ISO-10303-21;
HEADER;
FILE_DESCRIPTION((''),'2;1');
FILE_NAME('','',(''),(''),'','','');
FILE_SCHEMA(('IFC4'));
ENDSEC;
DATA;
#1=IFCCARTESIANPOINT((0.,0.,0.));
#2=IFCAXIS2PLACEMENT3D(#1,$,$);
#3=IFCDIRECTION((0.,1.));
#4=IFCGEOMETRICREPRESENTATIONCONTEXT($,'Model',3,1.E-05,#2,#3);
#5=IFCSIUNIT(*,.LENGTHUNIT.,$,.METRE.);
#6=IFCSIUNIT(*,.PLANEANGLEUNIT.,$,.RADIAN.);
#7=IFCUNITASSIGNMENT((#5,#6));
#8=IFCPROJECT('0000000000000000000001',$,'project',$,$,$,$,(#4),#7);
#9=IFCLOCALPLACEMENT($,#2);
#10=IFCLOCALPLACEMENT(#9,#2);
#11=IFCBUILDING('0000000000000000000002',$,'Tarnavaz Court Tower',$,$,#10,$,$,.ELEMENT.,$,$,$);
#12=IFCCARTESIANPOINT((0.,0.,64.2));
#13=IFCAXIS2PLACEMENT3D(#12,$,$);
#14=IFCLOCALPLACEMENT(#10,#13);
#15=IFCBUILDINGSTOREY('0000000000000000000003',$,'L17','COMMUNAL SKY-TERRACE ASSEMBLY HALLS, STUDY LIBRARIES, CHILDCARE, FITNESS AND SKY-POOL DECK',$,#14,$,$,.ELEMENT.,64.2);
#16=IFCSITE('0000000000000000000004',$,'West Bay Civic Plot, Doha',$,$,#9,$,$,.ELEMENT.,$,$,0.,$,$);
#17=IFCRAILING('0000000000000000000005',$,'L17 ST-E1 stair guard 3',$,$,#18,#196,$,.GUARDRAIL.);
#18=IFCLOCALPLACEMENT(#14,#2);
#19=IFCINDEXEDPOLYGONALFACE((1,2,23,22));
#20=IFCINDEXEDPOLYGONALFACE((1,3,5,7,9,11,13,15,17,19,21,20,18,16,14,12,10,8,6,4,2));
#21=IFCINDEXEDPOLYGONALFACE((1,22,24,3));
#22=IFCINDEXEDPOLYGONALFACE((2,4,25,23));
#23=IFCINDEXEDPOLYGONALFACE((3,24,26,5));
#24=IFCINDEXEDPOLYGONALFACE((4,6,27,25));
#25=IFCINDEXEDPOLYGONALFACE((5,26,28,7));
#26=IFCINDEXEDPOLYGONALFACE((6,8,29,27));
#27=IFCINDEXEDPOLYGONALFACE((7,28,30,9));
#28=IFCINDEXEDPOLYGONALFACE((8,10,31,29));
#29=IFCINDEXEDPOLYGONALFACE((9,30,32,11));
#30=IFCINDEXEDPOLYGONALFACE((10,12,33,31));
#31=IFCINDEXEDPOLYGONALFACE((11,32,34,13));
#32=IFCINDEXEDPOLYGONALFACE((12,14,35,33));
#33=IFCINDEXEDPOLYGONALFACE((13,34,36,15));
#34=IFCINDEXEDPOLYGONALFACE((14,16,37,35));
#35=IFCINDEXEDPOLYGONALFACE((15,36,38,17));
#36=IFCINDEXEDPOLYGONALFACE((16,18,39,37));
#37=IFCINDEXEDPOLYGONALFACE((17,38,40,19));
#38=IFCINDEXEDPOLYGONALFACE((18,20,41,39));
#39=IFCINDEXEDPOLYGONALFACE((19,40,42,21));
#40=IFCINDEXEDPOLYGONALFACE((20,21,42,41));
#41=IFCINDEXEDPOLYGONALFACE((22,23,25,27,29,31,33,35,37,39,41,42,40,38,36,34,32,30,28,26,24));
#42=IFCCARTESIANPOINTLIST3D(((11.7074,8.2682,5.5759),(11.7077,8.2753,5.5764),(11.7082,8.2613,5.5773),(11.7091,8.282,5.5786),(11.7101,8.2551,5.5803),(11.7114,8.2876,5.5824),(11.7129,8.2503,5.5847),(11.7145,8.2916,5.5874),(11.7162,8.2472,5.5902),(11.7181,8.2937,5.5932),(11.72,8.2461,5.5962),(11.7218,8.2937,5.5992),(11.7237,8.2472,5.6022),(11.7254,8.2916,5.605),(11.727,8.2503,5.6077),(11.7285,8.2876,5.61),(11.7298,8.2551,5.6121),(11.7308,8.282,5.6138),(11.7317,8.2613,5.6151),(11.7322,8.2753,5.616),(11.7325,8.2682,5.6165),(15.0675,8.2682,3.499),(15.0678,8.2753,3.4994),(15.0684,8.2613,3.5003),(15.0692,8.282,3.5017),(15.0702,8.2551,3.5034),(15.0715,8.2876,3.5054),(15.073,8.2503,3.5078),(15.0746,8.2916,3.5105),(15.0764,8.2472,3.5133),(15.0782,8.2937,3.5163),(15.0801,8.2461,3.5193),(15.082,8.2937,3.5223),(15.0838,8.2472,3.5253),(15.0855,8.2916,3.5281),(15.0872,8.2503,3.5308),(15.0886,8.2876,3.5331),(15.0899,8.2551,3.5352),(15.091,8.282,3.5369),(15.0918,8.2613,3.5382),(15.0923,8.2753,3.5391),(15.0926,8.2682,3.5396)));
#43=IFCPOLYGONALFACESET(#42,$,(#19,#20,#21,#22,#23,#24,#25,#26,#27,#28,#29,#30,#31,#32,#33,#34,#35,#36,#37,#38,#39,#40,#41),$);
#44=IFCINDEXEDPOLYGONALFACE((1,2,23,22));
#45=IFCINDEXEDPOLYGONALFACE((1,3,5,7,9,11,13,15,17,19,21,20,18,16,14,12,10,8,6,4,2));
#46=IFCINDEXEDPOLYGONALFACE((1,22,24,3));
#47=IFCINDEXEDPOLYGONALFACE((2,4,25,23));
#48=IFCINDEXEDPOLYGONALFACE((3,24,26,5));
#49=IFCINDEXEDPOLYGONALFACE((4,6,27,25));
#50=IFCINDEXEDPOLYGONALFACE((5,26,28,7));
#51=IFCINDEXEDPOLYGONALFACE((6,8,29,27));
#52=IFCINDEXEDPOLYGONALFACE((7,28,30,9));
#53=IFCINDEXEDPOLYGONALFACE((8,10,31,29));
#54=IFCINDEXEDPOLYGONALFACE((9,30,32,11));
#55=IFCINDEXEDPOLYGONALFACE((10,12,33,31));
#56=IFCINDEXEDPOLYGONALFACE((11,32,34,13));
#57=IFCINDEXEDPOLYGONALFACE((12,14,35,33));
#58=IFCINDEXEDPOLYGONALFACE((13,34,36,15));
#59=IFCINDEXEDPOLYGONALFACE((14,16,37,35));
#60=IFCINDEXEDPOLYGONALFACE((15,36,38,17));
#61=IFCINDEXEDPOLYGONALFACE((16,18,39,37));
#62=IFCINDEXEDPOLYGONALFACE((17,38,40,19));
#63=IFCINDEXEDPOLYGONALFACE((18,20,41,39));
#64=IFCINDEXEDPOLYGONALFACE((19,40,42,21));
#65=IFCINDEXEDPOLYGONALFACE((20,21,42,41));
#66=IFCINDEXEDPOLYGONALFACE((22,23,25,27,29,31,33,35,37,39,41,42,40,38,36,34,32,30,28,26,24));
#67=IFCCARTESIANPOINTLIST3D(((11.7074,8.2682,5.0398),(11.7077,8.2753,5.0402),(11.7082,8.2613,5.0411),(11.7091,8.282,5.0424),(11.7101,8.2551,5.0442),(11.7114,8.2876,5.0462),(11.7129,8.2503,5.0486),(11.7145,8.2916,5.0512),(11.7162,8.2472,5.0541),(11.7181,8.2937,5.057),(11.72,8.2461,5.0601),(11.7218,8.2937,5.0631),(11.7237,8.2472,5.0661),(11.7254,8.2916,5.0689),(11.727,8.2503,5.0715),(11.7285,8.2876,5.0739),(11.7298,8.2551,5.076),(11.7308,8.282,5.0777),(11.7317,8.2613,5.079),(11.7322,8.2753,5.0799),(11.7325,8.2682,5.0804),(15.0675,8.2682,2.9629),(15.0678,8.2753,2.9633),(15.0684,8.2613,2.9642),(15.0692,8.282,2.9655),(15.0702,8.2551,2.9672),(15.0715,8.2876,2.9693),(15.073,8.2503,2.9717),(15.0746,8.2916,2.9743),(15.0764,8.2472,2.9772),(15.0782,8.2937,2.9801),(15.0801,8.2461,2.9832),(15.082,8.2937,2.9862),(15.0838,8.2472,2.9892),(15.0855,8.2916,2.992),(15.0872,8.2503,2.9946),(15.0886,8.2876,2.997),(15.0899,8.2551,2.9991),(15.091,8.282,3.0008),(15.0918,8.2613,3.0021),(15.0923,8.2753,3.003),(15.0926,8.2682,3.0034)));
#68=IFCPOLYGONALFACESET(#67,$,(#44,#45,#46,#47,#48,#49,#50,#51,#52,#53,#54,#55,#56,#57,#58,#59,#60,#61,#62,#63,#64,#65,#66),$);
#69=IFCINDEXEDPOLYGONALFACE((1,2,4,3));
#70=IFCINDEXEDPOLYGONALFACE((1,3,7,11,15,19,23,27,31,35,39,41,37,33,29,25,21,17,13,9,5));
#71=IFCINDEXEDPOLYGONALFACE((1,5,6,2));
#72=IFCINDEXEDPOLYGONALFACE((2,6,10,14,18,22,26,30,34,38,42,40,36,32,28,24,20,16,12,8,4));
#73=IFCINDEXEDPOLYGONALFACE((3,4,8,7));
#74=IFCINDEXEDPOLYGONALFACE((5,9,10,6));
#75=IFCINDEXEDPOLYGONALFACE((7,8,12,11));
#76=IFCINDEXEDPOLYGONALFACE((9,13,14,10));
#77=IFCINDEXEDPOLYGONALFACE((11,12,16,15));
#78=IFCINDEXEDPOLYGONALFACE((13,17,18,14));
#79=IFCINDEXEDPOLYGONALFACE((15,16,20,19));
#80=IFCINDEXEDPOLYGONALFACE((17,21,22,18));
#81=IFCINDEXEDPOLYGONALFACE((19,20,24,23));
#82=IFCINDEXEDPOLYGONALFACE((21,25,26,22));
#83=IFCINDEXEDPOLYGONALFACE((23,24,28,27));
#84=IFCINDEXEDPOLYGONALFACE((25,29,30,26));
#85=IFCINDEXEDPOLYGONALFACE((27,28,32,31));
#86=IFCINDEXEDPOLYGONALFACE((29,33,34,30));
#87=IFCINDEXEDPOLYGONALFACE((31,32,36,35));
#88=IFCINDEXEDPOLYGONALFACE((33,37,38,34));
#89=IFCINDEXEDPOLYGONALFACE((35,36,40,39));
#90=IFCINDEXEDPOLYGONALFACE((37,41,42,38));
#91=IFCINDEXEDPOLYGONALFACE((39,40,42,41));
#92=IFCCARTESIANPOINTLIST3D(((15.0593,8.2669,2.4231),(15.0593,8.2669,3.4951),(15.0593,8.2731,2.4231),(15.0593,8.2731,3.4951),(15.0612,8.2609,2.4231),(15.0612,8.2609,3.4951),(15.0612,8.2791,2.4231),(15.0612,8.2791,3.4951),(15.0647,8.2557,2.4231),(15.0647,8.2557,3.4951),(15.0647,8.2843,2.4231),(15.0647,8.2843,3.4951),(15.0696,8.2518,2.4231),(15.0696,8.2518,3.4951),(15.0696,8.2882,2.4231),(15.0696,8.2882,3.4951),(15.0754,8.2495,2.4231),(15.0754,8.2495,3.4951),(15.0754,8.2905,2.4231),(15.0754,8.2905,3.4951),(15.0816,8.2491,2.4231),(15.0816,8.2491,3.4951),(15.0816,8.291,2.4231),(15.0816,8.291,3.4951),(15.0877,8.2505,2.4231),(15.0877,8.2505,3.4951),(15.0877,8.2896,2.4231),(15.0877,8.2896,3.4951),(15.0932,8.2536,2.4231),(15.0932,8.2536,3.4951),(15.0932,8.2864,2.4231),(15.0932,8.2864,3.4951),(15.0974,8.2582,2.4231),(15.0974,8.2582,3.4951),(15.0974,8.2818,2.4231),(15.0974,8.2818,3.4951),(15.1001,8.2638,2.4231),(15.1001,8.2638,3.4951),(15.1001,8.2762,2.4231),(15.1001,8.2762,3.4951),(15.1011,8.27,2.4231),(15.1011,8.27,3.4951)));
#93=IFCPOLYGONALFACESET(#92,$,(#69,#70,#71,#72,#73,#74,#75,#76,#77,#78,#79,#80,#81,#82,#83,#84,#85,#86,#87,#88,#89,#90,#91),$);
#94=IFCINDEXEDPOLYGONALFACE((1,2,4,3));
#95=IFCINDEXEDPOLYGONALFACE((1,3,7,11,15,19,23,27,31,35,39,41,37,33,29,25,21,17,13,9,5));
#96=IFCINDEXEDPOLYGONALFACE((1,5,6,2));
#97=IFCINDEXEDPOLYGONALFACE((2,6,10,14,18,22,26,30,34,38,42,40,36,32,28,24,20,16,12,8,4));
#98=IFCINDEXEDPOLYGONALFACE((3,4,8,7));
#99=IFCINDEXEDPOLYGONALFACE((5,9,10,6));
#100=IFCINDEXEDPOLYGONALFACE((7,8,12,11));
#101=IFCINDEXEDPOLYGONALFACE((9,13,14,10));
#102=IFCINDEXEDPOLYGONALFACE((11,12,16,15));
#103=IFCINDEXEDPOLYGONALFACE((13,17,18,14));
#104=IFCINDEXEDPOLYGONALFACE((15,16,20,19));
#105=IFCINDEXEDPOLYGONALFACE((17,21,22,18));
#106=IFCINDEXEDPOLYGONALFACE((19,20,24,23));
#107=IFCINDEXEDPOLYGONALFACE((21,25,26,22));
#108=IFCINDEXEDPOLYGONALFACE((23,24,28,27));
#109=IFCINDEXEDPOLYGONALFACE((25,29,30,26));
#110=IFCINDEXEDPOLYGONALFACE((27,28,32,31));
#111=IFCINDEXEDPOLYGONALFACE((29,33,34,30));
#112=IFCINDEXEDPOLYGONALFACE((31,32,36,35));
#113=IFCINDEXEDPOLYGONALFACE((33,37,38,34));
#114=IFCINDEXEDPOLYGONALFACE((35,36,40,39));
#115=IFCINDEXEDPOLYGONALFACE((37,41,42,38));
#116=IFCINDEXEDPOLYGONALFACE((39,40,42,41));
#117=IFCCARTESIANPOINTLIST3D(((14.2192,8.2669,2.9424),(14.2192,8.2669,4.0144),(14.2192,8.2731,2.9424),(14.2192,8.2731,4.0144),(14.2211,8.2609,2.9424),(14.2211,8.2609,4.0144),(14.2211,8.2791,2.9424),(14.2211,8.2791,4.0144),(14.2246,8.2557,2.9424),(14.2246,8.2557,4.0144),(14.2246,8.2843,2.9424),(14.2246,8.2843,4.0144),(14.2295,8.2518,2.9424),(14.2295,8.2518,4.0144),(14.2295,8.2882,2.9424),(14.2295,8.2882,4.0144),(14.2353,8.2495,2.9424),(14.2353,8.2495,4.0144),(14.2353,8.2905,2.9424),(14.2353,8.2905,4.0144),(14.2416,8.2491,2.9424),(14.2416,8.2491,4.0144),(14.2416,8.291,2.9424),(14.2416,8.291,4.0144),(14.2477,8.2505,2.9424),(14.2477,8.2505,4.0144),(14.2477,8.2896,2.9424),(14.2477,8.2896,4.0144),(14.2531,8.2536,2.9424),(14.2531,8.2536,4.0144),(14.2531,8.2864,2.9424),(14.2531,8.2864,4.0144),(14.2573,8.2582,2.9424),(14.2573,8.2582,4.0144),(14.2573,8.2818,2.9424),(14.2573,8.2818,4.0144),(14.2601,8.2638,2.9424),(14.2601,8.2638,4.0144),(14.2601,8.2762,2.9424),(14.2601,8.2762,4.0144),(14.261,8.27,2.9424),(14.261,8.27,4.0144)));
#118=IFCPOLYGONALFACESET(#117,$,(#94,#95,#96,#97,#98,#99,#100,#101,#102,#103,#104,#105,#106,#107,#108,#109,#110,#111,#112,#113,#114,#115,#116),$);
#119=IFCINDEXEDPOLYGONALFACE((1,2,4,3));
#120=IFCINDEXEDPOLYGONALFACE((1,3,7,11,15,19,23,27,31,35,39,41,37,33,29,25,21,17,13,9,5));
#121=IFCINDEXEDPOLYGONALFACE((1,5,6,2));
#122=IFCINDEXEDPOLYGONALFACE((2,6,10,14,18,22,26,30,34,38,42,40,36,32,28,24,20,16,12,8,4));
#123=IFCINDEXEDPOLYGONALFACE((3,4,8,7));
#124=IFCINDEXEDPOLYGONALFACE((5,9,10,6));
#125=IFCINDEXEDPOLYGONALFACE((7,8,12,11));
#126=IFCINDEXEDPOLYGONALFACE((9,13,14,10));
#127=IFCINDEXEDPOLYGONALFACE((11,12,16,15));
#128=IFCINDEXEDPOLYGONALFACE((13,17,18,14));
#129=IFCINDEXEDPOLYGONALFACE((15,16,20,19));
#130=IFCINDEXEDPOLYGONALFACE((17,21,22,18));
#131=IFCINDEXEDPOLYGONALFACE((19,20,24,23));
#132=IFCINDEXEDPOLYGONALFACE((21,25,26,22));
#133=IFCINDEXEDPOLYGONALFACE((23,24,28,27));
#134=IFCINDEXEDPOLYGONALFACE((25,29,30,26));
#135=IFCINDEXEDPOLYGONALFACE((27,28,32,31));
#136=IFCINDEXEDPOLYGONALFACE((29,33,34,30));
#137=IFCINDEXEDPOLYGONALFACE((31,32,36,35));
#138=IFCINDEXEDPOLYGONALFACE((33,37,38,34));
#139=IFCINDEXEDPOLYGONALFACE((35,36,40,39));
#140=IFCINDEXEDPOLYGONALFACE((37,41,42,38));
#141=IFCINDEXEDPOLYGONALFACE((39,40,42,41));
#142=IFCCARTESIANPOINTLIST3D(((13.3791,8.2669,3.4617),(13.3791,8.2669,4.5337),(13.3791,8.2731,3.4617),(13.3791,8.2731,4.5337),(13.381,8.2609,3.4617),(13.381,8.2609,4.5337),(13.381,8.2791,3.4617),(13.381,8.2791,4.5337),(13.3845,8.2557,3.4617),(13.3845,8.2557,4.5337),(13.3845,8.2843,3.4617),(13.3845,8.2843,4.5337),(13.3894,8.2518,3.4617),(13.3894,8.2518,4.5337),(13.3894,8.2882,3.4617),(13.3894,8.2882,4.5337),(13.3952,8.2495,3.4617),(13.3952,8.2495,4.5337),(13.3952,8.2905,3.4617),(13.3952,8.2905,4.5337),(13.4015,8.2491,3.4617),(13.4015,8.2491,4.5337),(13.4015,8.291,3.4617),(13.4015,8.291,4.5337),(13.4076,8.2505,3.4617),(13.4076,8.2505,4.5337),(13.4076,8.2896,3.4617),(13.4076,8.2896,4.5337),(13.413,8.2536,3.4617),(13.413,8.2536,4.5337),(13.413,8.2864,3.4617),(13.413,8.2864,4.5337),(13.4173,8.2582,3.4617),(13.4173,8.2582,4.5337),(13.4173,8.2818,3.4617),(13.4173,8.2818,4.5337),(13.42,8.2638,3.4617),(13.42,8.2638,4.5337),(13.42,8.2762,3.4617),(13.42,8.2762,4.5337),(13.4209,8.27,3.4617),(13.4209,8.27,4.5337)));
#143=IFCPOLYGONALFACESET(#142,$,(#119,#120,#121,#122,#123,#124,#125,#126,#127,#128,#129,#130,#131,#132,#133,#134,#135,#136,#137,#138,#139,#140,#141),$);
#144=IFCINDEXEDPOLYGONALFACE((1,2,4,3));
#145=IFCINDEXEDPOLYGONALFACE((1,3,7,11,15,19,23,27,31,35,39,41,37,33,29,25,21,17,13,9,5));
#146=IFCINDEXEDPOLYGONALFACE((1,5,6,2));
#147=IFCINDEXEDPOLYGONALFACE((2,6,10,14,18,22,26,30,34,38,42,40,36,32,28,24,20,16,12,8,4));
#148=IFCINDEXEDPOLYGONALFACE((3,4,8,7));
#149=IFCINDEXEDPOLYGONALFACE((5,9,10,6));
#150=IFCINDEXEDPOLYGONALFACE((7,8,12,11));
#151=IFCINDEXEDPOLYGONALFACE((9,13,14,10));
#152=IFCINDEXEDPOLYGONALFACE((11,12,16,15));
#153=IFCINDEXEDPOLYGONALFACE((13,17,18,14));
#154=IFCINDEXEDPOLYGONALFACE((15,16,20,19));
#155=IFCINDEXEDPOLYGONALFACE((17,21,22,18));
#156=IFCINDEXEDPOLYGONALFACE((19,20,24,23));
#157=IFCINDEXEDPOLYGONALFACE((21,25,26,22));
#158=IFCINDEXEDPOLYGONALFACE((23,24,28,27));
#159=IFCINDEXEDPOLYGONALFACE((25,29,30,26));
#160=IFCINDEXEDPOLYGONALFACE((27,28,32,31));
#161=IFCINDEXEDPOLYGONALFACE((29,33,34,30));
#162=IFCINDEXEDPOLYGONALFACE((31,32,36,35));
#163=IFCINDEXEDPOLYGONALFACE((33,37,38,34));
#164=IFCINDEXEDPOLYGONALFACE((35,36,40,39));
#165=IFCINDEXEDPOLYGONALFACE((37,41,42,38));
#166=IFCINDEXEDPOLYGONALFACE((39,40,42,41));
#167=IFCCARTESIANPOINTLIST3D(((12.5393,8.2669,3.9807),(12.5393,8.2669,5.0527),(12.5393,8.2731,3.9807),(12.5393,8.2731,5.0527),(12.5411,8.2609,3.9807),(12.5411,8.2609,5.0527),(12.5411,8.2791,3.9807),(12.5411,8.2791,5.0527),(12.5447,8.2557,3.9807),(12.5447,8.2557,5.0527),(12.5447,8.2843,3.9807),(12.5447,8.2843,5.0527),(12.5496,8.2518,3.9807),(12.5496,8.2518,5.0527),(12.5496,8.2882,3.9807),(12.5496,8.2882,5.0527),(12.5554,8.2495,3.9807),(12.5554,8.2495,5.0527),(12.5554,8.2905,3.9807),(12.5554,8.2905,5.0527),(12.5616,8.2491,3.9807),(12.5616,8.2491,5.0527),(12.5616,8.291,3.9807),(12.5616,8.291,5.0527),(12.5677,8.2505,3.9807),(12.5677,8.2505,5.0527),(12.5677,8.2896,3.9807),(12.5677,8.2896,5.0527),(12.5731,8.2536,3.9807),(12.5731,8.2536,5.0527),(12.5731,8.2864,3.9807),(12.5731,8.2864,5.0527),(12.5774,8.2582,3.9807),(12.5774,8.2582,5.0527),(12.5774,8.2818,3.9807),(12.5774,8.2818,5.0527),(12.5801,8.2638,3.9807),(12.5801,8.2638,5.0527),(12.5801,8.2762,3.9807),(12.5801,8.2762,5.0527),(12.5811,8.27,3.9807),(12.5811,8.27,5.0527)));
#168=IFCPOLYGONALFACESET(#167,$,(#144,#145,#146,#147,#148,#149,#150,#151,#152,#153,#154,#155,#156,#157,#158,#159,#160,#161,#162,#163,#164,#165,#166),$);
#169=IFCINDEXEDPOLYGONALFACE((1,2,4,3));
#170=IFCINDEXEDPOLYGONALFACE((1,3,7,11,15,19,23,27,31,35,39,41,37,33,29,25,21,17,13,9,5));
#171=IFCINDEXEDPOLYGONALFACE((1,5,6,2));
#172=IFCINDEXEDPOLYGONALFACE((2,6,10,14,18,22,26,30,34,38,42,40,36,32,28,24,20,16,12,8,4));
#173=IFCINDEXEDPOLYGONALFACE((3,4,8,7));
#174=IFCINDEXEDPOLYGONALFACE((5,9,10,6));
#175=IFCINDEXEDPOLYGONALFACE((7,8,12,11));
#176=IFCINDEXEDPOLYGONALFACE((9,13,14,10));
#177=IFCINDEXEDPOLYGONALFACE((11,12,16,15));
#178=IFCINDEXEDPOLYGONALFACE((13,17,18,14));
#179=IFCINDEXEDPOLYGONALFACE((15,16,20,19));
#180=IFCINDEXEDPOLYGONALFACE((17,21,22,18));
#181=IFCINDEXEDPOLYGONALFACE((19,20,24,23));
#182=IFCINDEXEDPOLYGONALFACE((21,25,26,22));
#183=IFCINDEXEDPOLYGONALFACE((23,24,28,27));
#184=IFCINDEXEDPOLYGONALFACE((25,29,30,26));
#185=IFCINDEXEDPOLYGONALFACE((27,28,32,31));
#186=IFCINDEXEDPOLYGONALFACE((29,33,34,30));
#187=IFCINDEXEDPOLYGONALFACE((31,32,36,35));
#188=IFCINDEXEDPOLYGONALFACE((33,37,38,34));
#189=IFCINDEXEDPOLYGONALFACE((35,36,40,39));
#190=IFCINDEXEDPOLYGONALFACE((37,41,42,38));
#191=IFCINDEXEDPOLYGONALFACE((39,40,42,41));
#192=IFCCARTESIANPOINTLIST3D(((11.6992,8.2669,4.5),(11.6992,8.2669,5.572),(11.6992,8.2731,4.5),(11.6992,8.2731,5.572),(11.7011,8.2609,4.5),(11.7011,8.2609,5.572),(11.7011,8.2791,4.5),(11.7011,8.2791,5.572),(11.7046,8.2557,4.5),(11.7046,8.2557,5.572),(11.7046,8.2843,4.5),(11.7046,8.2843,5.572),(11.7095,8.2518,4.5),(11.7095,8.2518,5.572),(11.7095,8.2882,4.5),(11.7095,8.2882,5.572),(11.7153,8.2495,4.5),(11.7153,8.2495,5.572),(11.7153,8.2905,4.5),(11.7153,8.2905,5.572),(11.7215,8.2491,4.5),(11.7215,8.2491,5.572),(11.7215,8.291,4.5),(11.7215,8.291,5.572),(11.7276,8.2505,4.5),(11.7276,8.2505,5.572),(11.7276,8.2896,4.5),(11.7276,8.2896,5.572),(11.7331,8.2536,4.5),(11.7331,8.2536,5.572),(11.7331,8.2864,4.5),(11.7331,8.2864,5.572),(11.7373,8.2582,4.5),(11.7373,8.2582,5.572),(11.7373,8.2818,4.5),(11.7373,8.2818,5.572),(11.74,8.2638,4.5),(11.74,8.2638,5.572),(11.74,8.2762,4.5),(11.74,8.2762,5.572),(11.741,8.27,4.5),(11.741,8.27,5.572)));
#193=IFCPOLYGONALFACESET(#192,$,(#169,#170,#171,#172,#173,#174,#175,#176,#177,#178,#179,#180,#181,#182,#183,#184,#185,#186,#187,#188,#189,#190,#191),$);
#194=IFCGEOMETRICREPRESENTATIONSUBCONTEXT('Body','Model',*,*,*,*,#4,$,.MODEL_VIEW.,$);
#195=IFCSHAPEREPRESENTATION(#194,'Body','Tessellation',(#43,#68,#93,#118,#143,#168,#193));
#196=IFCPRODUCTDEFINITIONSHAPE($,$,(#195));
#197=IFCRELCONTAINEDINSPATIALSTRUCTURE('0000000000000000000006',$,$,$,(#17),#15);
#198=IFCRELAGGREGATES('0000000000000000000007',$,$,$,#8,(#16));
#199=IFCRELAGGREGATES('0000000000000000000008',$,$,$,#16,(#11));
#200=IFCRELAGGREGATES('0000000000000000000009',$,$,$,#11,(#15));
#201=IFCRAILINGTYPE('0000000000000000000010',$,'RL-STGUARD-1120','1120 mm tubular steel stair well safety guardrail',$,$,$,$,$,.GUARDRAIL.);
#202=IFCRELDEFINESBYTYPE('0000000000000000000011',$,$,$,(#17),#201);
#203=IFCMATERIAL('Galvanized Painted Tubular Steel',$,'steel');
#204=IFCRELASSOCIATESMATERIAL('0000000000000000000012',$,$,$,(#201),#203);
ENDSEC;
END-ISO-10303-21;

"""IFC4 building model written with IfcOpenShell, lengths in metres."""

from ifc_helpers import new_model, si_unit, direction, frame, origin, origin_2d, place, context, subcontext, project, spatial, circle, extrude, material, type_object, element, save


model = new_model("IFC4")

# Units and contexts
model_context = context("Model", 3, precision=1e-05, world=origin(), true_north=direction((0.0, 1.0)))
body_context = subcontext(model_context, "Body", "Model", "MODEL_VIEW")
ifc_project = project(units=[si_unit("LENGTHUNIT", "METRE"), si_unit("PLANEANGLEUNIT", "RADIAN")], contexts=[model_context])

# Site, building, storey
site_placement = place(None, origin())
site = spatial("IfcSite", under=ifc_project, at=site_placement, Name="West Bay Civic Plot, Doha", CompositionType="ELEMENT", RefElevation=0.0)
building_placement = place(site_placement, origin())
building = spatial("IfcBuilding", under=site, at=building_placement, Name="Tarnavaz Court Tower", CompositionType="ELEMENT")
storey_placement = place(building_placement, frame((0.0, 0.0, 64.2)))
storey = spatial("IfcBuildingStorey", under=building, at=storey_placement, Name="L17", Description="COMMUNAL SKY-TERRACE ASSEMBLY HALLS, STUDY LIBRARIES, CHILDCARE, FITNESS AND SKY-POOL DECK", CompositionType="ELEMENT", Elevation=64.2)

# Railing
ifc_material_1 = material(Name="Galvanized Painted Tubular Steel", Category="steel")
railing_type_1 = type_object("IfcRailingType", Name="RL-STGUARD-1120", Description="1120 mm tubular steel stair well safety guardrail", PredefinedType="GUARDRAIL", material=ifc_material_1)
railing_1_placement = place(storey_placement, frame((15.0801, 8.27, 2.4231)))
element("IfcRailing", 1, at=railing_1_placement, inside=storey, type_object=railing_type_1, Name="L17 ST-E1 stair guard 3", PredefinedType="GUARDRAIL", context=body_context, shape_type="SweptSolid", body=[
    extrude(circle(Radius=0.0239, at=origin_2d()), frame((0.0, 0.0, 1.0962), z_axis=(-0.850623, 0.0, 0.525776), x_axis=(0.0, -1.0, 0.0)), (0.0, 0.0, 1.0), 3.9502),
    extrude(circle(Radius=0.0239, at=origin_2d()), frame((0.0, 0.0, 0.5601), z_axis=(-0.850623, 0.0, 0.525776), x_axis=(0.0, -1.0, 0.0)), (0.0, 0.0, 1.0), 3.9502),
    extrude(circle(Radius=0.021, at=origin_2d()), origin(), (0.0, 0.0, 1.0), 1.072),
    extrude(circle(Radius=0.021, at=origin_2d()), frame((-0.8401, 0.0, 0.5193)), (0.0, 0.0, 1.0), 1.072),
    extrude(circle(Radius=0.021, at=origin_2d()), frame((-1.6802, 0.0, 1.0386)), (0.0, 0.0, 1.0), 1.072),
    extrude(circle(Radius=0.021, at=origin_2d()), frame((-2.52, 0.0, 1.5576)), (0.0, 0.0, 1.0), 1.072),
    extrude(circle(Radius=0.021, at=origin_2d()), frame((-3.3601, 0.0, 2.0769)), (0.0, 0.0, 1.0), 1.072),
])

save(model, "model.ifc")
